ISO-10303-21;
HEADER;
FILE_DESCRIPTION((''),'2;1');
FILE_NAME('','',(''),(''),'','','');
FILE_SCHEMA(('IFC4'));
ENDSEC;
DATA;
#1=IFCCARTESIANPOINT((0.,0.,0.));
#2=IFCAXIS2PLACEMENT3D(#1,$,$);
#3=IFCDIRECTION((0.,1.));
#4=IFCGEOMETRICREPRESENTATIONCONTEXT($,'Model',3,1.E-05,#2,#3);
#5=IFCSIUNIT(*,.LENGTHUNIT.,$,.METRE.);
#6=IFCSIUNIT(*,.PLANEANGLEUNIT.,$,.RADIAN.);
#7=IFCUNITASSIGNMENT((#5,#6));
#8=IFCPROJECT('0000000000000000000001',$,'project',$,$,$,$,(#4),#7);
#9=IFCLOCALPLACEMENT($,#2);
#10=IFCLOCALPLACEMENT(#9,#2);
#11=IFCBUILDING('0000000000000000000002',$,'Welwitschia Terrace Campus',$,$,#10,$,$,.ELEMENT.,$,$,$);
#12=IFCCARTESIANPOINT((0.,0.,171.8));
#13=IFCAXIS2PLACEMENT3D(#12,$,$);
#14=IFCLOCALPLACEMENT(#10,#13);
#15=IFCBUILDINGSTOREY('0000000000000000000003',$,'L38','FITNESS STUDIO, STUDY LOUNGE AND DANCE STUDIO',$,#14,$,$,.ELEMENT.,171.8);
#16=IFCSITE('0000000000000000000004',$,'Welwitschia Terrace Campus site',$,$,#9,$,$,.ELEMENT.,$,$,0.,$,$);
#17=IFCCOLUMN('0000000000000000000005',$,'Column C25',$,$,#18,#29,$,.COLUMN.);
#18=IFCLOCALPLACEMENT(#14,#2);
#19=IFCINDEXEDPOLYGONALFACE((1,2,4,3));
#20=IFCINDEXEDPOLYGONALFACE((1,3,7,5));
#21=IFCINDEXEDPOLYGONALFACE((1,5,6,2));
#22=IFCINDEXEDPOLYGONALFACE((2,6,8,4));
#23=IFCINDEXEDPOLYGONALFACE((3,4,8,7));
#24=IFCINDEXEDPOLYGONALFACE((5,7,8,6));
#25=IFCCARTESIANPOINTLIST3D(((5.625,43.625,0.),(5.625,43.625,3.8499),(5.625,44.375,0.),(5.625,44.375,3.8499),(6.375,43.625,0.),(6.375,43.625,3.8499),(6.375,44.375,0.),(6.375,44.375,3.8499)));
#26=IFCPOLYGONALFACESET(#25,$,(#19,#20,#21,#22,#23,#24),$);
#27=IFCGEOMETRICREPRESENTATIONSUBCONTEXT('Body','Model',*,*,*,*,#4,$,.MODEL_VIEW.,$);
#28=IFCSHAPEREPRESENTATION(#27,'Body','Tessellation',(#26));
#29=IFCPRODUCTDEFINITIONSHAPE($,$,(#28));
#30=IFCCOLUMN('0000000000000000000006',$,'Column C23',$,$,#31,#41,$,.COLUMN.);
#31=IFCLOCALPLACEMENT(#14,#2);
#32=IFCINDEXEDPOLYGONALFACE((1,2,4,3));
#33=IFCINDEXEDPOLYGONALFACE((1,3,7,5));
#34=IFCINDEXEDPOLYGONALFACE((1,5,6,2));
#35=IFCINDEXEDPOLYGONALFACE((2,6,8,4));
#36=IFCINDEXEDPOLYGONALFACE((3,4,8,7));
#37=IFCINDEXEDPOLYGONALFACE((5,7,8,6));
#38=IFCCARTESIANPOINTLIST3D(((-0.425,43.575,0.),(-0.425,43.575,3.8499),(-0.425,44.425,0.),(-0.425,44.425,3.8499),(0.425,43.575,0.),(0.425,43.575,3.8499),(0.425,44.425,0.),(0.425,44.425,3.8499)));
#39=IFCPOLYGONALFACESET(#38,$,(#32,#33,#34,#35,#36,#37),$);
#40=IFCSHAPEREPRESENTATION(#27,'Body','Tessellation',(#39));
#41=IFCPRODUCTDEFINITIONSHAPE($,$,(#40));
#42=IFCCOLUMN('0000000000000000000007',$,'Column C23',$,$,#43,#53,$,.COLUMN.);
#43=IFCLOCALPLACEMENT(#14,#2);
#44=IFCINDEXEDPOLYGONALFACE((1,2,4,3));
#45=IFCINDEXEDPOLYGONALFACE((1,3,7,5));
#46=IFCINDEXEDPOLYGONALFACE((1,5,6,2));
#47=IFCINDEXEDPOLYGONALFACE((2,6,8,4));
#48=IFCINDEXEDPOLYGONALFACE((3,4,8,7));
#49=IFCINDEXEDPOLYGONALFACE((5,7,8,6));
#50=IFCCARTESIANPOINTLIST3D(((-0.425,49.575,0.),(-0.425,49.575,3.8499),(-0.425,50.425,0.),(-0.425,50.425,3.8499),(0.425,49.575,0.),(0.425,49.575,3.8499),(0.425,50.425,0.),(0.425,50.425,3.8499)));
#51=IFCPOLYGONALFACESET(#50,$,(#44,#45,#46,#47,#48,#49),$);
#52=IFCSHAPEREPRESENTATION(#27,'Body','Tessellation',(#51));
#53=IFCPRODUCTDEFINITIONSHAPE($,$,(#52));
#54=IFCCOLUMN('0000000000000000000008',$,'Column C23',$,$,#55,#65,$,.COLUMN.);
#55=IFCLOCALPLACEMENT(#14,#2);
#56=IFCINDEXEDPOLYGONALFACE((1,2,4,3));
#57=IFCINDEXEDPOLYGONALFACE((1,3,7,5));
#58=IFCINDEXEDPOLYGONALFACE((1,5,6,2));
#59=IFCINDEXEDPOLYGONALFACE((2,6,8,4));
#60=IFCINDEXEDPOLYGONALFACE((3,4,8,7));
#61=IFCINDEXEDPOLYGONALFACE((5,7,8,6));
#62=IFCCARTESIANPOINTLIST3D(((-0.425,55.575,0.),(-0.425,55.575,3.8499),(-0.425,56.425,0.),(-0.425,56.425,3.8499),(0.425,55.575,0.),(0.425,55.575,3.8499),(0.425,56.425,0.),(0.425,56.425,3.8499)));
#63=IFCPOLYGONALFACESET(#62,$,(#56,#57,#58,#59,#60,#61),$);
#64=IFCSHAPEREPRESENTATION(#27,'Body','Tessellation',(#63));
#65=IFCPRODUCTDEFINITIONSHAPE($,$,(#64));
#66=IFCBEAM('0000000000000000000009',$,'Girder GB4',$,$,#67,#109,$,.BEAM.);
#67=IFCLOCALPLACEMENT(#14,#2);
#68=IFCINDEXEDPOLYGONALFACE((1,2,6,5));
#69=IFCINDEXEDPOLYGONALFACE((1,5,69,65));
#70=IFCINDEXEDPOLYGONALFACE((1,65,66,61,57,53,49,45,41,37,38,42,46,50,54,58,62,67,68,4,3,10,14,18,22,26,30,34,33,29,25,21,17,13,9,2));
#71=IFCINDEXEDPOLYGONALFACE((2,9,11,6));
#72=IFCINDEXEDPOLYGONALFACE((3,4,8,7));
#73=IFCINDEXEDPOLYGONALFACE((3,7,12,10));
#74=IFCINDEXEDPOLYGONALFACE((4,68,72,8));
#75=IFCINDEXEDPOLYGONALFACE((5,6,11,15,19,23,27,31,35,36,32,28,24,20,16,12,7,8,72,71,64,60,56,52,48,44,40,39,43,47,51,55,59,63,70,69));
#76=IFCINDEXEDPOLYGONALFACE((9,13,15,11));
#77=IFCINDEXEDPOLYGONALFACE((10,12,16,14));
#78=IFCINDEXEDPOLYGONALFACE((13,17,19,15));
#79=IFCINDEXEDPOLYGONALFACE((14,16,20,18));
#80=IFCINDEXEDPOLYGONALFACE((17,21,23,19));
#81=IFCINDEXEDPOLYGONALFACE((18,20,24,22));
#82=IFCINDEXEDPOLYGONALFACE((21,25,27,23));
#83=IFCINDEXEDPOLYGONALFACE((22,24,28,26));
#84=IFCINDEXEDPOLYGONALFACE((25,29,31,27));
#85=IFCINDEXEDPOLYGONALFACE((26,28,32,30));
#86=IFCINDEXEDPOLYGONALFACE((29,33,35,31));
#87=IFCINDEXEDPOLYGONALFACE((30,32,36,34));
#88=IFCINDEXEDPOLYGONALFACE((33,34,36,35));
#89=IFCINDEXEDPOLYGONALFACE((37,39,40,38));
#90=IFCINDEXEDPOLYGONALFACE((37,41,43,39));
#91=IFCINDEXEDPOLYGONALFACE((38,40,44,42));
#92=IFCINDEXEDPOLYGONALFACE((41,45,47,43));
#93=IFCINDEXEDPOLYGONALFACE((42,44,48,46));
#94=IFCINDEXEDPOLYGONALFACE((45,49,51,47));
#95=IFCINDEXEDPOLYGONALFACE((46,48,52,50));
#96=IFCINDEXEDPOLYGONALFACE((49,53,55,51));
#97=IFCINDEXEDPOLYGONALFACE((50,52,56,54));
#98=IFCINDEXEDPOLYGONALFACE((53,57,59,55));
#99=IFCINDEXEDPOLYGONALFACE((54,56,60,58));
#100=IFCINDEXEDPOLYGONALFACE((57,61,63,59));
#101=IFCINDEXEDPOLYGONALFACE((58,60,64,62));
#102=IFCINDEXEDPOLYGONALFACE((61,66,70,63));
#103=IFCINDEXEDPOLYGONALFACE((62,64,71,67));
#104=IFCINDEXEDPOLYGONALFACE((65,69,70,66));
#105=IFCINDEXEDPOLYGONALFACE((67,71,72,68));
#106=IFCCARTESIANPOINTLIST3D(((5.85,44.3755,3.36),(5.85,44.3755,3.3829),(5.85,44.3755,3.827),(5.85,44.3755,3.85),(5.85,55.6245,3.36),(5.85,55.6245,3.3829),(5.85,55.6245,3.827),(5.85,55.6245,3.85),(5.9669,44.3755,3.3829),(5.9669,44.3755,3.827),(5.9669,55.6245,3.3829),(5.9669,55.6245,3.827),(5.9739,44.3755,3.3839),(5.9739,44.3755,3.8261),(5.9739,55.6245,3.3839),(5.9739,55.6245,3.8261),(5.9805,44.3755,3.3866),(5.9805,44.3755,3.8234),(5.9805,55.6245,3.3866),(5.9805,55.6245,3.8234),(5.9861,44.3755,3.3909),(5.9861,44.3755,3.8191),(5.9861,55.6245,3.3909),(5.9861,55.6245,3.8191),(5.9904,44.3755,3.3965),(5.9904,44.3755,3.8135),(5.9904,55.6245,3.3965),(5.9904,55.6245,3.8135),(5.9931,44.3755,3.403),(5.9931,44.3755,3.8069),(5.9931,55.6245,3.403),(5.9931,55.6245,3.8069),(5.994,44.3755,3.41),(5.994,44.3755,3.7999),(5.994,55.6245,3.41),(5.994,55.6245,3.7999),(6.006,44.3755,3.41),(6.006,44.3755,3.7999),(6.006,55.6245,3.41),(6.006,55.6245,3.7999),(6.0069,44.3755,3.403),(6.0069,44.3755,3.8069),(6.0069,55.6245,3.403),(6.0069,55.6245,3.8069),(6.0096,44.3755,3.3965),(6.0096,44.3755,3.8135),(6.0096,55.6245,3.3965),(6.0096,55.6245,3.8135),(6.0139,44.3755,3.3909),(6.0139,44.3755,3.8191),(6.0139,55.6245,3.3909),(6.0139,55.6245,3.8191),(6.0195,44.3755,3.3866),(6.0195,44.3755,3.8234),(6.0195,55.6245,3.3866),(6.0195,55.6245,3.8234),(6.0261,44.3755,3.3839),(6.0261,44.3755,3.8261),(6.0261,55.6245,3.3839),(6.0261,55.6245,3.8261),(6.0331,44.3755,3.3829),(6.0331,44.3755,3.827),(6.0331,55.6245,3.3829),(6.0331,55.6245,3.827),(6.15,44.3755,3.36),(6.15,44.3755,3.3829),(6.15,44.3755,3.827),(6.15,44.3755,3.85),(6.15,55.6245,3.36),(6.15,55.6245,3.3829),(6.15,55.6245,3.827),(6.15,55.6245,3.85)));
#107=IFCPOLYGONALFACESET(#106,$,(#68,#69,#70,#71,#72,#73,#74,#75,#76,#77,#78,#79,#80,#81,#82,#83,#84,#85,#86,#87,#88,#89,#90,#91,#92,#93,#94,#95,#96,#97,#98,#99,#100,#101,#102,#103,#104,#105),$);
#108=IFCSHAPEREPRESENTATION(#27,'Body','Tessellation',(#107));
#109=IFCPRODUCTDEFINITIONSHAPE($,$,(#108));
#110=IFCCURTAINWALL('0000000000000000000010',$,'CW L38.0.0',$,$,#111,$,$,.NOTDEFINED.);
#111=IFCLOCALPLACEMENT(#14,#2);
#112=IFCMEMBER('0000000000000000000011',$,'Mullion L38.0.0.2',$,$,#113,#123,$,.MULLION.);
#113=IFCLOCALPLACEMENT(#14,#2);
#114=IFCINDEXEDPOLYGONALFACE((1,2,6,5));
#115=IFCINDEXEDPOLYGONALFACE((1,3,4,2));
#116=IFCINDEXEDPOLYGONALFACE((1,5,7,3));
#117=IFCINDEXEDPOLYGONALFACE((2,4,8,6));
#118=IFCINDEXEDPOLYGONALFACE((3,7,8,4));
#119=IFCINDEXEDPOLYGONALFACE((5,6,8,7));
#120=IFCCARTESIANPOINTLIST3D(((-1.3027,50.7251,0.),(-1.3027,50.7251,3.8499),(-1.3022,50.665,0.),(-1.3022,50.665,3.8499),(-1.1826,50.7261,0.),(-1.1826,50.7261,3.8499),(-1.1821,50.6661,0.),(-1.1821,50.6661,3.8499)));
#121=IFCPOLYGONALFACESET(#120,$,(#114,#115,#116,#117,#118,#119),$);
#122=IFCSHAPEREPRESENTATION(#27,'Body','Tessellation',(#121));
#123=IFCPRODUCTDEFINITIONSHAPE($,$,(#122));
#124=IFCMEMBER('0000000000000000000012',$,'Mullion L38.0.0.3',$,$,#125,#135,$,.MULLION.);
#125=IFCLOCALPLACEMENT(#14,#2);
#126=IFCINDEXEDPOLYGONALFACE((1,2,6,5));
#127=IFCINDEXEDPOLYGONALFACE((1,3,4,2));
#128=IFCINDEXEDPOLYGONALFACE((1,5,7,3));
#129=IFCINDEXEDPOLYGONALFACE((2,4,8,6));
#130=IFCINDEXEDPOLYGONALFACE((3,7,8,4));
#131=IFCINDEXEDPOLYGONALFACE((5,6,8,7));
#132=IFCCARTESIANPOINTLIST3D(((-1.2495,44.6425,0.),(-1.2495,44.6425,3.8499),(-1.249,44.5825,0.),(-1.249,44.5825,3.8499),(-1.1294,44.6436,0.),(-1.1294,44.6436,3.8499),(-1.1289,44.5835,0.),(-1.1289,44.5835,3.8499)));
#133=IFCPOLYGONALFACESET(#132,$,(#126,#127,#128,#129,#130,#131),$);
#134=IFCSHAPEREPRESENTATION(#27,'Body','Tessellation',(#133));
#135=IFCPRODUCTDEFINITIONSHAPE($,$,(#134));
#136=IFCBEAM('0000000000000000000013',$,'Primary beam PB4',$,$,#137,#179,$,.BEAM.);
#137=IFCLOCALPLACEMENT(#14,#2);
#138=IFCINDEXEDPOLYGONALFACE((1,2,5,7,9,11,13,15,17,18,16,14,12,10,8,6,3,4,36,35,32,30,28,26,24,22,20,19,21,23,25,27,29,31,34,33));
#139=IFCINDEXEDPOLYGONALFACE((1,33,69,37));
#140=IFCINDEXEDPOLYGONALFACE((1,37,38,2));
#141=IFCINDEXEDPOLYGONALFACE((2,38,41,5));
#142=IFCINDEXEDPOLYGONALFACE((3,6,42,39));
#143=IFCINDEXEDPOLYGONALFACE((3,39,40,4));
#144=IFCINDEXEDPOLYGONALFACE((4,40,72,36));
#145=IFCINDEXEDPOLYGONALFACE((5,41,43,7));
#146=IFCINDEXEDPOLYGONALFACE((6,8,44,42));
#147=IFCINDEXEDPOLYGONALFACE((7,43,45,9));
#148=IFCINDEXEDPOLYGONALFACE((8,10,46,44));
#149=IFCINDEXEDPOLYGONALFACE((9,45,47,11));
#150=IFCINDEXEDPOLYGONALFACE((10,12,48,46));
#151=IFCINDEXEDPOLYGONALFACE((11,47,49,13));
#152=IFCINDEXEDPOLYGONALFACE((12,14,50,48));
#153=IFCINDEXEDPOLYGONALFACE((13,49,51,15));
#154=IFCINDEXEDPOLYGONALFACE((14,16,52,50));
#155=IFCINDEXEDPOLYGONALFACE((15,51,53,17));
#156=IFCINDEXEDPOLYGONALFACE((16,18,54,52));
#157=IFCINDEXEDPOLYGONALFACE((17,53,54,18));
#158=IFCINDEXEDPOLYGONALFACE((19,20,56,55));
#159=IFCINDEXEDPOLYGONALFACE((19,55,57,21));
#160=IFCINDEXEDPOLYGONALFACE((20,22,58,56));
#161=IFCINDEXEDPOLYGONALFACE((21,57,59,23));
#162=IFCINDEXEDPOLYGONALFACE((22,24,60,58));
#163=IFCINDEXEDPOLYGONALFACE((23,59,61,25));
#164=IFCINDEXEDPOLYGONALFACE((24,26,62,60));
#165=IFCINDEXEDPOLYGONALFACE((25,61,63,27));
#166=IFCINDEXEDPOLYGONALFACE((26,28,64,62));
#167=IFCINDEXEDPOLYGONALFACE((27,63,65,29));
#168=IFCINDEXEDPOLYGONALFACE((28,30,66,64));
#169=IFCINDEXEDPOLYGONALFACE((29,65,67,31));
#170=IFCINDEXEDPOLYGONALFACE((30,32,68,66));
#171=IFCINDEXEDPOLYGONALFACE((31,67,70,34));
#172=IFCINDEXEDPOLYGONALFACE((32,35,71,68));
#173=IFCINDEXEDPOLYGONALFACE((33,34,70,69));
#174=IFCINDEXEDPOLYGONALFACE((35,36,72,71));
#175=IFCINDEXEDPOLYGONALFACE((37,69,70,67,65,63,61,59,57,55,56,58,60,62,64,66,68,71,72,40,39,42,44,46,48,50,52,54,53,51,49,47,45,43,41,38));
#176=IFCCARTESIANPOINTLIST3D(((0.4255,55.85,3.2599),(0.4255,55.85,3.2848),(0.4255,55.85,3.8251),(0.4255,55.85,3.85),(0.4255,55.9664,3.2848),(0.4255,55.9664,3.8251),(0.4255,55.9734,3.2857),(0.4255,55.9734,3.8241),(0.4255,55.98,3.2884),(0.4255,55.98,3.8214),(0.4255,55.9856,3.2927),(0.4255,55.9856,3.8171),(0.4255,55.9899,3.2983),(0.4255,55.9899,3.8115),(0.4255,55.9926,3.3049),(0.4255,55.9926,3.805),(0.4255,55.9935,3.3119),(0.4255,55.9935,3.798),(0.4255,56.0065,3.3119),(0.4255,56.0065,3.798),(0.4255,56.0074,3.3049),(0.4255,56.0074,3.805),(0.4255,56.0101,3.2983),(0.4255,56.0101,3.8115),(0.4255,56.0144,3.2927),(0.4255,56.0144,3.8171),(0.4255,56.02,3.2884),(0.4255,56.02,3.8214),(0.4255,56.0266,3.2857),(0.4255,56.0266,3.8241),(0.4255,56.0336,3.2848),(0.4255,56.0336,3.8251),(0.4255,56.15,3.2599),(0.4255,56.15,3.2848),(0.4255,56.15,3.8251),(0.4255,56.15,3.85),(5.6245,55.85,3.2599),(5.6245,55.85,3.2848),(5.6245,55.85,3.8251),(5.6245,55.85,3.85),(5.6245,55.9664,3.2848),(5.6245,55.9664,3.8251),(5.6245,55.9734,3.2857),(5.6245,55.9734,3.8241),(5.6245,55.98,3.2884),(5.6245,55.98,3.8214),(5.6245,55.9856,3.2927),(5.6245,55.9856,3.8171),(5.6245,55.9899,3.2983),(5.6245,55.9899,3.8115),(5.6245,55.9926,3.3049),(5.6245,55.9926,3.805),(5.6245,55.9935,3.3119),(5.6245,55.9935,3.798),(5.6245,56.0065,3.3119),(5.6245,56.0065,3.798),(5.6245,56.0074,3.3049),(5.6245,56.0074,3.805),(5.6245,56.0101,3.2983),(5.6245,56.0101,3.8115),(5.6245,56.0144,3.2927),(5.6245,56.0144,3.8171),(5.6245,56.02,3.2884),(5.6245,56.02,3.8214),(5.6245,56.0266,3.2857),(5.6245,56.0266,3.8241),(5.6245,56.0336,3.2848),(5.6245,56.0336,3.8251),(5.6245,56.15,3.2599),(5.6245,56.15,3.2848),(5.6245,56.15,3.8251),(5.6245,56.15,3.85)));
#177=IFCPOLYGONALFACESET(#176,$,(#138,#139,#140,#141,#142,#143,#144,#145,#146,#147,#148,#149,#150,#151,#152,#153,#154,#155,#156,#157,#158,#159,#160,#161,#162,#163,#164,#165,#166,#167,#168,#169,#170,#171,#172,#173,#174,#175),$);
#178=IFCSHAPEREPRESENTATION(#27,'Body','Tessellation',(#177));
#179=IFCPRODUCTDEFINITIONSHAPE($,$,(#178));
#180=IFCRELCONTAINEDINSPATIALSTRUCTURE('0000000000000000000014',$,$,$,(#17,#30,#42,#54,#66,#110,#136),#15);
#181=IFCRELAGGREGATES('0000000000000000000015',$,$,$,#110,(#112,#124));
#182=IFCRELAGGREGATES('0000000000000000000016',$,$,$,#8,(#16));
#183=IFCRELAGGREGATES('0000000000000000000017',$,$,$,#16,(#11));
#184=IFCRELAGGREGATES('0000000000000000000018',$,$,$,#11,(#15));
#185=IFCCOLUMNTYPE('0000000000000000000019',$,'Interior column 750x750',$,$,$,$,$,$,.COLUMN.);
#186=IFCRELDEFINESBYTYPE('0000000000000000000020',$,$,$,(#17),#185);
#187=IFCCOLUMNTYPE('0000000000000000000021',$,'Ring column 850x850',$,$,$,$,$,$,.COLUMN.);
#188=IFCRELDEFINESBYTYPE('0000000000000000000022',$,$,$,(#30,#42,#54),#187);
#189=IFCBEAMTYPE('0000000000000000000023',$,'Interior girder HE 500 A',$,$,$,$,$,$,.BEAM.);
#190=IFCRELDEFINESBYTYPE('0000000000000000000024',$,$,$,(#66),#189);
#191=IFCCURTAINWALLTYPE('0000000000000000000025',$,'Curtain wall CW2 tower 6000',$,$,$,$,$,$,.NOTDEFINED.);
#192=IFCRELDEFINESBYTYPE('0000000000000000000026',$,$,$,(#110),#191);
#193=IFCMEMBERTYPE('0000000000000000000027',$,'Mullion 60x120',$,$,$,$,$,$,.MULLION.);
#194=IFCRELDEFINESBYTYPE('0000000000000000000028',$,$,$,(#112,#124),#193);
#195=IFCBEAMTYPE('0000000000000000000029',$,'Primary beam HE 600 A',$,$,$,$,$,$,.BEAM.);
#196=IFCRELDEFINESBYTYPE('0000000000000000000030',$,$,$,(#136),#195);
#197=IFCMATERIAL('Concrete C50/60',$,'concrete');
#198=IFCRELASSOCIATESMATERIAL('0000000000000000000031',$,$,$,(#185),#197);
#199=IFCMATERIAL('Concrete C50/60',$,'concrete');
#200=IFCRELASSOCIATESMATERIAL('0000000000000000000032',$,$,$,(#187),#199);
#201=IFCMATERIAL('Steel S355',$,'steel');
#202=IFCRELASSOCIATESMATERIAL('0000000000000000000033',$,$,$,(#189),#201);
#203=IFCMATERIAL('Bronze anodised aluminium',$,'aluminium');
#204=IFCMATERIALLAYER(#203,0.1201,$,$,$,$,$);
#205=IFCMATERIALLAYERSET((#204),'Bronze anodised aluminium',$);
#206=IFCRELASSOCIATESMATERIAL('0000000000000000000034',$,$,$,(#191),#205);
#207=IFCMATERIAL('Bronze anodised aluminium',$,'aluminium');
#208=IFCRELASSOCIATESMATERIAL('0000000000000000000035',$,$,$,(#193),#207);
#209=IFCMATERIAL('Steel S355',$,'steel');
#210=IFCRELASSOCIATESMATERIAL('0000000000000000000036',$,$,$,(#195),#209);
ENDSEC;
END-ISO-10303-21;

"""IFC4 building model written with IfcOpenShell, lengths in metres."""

from ifc_helpers import new_model, si_unit, direction, frame, origin, origin_2d, place, context, subcontext, project, spatial, rectangle, i_section, extrude, material, layer, layer_set, material_profile, profile_set, type_object, element, aggregate, save


model = new_model("IFC4")

# Units and contexts
model_context = context("Model", 3, precision=1e-05, world=origin(), true_north=direction((0.0, 1.0)))
body_context = subcontext(model_context, "Body", "Model", "MODEL_VIEW")
ifc_project = project(units=[si_unit("LENGTHUNIT", "METRE"), si_unit("PLANEANGLEUNIT", "RADIAN")], contexts=[model_context])

# Site, building, storey
site_placement = place(None, origin())
site = spatial("IfcSite", under=ifc_project, at=site_placement, Name="Welwitschia Terrace Campus site", CompositionType="ELEMENT", RefElevation=0.0)
building_placement = place(site_placement, origin())
building = spatial("IfcBuilding", under=site, at=building_placement, Name="Welwitschia Terrace Campus", CompositionType="ELEMENT")
storey_placement = place(building_placement, frame((0.0, 0.0, 171.8)))
storey = spatial("IfcBuildingStorey", under=building, at=storey_placement, Name="L38", Description="FITNESS STUDIO, STUDY LOUNGE AND DANCE STUDIO", CompositionType="ELEMENT", Elevation=171.8)

# Columns
ifc_material_1 = material(Name="Concrete C50/60", Category="concrete")
ifc_material_profile_1 = material_profile(ifc_material_1, rectangle(XDim=0.75, YDim=0.75, at=origin_2d()))
ifc_profile_set_1 = profile_set([ifc_material_profile_1], Name="Concrete C50/60")
column_type_1 = type_object("IfcColumnType", Name="Interior column 750x750", PredefinedType="COLUMN", material=ifc_profile_set_1)
column_placement = place(storey_placement, frame((6.0, 44.0, 0.0), z_axis=(0.0, 0.0, 1.0), x_axis=(1.0, 0.0, 0.0)))
element("IfcColumn", 1, at=column_placement, inside=storey, type_object=column_type_1, Name="Column C25", PredefinedType="COLUMN", context=body_context, shape_type="SweptSolid", body=[
    extrude(rectangle(XDim=0.75, YDim=0.75, at=origin_2d()), origin(), (0.0, 0.0, 1.0), 3.8499),
])
ifc_material_2 = material(Name="Concrete C50/60", Category="concrete")
ifc_material_profile_2 = material_profile(ifc_material_2, rectangle(XDim=0.8501, YDim=0.8501, at=origin_2d()))
ifc_profile_set_2 = profile_set([ifc_material_profile_2], Name="Concrete C50/60")
column_type_2 = type_object("IfcColumnType", Name="Ring column 850x850", PredefinedType="COLUMN", material=ifc_profile_set_2)
for number, where, z_axis, x_axis, name in (
    (2, (0.0, 44.0, 0.0), (0.0, 0.0, 1.0), (1.0, 0.0, 0.0), "Column C23"),
    (3, (0.0, 50.0, 0.0), (0.0, 0.0, 1.0), (1.0, 0.0, 0.0), "Column C23"),
    (4, (0.0, 56.0, 0.0), (0.0, 0.0, 1.0), (1.0, 0.0, 0.0), "Column C23"),
):
    element("IfcColumn", number, at=place(storey_placement, frame(where, z_axis=z_axis, x_axis=x_axis)), inside=storey, type_object=column_type_2, Name=name, PredefinedType="COLUMN", context=body_context, shape_type="SweptSolid", body=[
        extrude(rectangle(XDim=0.8501, YDim=0.8501, at=origin_2d()), origin(), (0.0, 0.0, 1.0), 3.8499),
    ])

# Beam
ifc_material_3 = material(Name="Steel S355", Category="steel")
ifc_material_profile_3 = material_profile(ifc_material_3, i_section(OverallWidth=0.3, OverallDepth=0.49, WebThickness=0.012, FlangeThickness=0.0229, FilletRadius=0.0271, at=origin_2d()))
ifc_profile_set_3 = profile_set([ifc_material_profile_3], Name="Steel S355")
beam_type_1 = type_object("IfcBeamType", Name="Interior girder HE 500 A", PredefinedType="BEAM", material=ifc_profile_set_3)
beam_placement = place(storey_placement, frame((6.0, 44.3755, 3.605), z_axis=(0.0, 1.0, 0.0), x_axis=(-1.0, 0.0, 0.0)))
element("IfcBeam", 5, at=beam_placement, inside=storey, type_object=beam_type_1, Name="Girder GB4", PredefinedType="BEAM", context=body_context, shape_type="SweptSolid", body=[
    extrude(i_section(OverallWidth=0.3, OverallDepth=0.49, WebThickness=0.012, FlangeThickness=0.0229, FilletRadius=0.0271, at=origin_2d()), origin(), (0.0, 0.0, 1.0), 11.249),
])

# Curtain wall, members
ifc_material_4 = material(Name="Bronze anodised aluminium", Category="aluminium")
ifc_layer_1 = layer(ifc_material_4, 0.1201)
ifc_layer_set_1 = layer_set([ifc_layer_1], Name="Bronze anodised aluminium")
curtain_wall_type = type_object("IfcCurtainWallType", Name="Curtain wall CW2 tower 6000", PredefinedType="NOTDEFINED", material=ifc_layer_set_1)
curtain_wall_placement = place(storey_placement, origin())
curtain_wall = element("IfcCurtainWall", 6, at=curtain_wall_placement, inside=storey, type_object=curtain_wall_type, Name="CW L38.0.0", PredefinedType="NOTDEFINED")
ifc_material_5 = material(Name="Bronze anodised aluminium", Category="aluminium")
ifc_material_profile_4 = material_profile(ifc_material_5, rectangle(XDim=0.1201, YDim=0.0601, at=origin_2d()))
ifc_profile_set_4 = profile_set([ifc_material_profile_4], Name="Bronze anodised aluminium")
member_type = type_object("IfcMemberType", Name="Mullion 60x120", PredefinedType="MULLION", material=ifc_profile_set_4)
member_1_placement = place(storey_placement, frame((-1.2424, 50.6956, 0.0), z_axis=(0.0, 0.0, 1.0), x_axis=(0.999962, 0.008727, 0.0)))
member_1 = element("IfcMember", 7, at=member_1_placement, type_object=member_type, Name="Mullion L38.0.0.2", PredefinedType="MULLION", context=body_context, shape_type="SweptSolid", body=[
    extrude(rectangle(XDim=0.1201, YDim=0.0601, at=origin_2d()), origin(), (0.0, 0.0, 1.0), 3.8499),
])
member_2_placement = place(storey_placement, frame((-1.1892, 44.613, 0.0), z_axis=(0.0, 0.0, 1.0), x_axis=(0.999962, 0.008727, 0.0)))
member_2 = element("IfcMember", 8, at=member_2_placement, type_object=member_type, Name="Mullion L38.0.0.3", PredefinedType="MULLION", context=body_context, shape_type="SweptSolid", body=[
    extrude(rectangle(XDim=0.1201, YDim=0.0601, at=origin_2d()), origin(), (0.0, 0.0, 1.0), 3.8499),
])

# Beam
ifc_material_6 = material(Name="Steel S355", Category="steel")
ifc_material_profile_5 = material_profile(ifc_material_6, i_section(OverallWidth=0.3, OverallDepth=0.5901, WebThickness=0.0129, FlangeThickness=0.0249, FilletRadius=0.0271, at=origin_2d()))
ifc_profile_set_5 = profile_set([ifc_material_profile_5], Name="Steel S355")
beam_type_2 = type_object("IfcBeamType", Name="Primary beam HE 600 A", PredefinedType="BEAM", material=ifc_profile_set_5)
for number, where, z_axis, x_axis, name in (
    (9, (0.4255, 56.0, 3.5549), (1.0, 0.0, 0.0), (0.0, 1.0, 0.0), "Primary beam PB4"),
):
    element("IfcBeam", number, at=place(storey_placement, frame(where, z_axis=z_axis, x_axis=x_axis)), inside=storey, type_object=beam_type_2, Name=name, PredefinedType="BEAM", context=body_context, shape_type="SweptSolid", body=[
        extrude(i_section(OverallWidth=0.3, OverallDepth=0.5901, WebThickness=0.0129, FlangeThickness=0.0249, FilletRadius=0.0271, at=origin_2d()), origin(), (0.0, 0.0, 1.0), 5.199),
    ])

aggregate(curtain_wall, [member_1, member_2])

save(model, "model.ifc")
